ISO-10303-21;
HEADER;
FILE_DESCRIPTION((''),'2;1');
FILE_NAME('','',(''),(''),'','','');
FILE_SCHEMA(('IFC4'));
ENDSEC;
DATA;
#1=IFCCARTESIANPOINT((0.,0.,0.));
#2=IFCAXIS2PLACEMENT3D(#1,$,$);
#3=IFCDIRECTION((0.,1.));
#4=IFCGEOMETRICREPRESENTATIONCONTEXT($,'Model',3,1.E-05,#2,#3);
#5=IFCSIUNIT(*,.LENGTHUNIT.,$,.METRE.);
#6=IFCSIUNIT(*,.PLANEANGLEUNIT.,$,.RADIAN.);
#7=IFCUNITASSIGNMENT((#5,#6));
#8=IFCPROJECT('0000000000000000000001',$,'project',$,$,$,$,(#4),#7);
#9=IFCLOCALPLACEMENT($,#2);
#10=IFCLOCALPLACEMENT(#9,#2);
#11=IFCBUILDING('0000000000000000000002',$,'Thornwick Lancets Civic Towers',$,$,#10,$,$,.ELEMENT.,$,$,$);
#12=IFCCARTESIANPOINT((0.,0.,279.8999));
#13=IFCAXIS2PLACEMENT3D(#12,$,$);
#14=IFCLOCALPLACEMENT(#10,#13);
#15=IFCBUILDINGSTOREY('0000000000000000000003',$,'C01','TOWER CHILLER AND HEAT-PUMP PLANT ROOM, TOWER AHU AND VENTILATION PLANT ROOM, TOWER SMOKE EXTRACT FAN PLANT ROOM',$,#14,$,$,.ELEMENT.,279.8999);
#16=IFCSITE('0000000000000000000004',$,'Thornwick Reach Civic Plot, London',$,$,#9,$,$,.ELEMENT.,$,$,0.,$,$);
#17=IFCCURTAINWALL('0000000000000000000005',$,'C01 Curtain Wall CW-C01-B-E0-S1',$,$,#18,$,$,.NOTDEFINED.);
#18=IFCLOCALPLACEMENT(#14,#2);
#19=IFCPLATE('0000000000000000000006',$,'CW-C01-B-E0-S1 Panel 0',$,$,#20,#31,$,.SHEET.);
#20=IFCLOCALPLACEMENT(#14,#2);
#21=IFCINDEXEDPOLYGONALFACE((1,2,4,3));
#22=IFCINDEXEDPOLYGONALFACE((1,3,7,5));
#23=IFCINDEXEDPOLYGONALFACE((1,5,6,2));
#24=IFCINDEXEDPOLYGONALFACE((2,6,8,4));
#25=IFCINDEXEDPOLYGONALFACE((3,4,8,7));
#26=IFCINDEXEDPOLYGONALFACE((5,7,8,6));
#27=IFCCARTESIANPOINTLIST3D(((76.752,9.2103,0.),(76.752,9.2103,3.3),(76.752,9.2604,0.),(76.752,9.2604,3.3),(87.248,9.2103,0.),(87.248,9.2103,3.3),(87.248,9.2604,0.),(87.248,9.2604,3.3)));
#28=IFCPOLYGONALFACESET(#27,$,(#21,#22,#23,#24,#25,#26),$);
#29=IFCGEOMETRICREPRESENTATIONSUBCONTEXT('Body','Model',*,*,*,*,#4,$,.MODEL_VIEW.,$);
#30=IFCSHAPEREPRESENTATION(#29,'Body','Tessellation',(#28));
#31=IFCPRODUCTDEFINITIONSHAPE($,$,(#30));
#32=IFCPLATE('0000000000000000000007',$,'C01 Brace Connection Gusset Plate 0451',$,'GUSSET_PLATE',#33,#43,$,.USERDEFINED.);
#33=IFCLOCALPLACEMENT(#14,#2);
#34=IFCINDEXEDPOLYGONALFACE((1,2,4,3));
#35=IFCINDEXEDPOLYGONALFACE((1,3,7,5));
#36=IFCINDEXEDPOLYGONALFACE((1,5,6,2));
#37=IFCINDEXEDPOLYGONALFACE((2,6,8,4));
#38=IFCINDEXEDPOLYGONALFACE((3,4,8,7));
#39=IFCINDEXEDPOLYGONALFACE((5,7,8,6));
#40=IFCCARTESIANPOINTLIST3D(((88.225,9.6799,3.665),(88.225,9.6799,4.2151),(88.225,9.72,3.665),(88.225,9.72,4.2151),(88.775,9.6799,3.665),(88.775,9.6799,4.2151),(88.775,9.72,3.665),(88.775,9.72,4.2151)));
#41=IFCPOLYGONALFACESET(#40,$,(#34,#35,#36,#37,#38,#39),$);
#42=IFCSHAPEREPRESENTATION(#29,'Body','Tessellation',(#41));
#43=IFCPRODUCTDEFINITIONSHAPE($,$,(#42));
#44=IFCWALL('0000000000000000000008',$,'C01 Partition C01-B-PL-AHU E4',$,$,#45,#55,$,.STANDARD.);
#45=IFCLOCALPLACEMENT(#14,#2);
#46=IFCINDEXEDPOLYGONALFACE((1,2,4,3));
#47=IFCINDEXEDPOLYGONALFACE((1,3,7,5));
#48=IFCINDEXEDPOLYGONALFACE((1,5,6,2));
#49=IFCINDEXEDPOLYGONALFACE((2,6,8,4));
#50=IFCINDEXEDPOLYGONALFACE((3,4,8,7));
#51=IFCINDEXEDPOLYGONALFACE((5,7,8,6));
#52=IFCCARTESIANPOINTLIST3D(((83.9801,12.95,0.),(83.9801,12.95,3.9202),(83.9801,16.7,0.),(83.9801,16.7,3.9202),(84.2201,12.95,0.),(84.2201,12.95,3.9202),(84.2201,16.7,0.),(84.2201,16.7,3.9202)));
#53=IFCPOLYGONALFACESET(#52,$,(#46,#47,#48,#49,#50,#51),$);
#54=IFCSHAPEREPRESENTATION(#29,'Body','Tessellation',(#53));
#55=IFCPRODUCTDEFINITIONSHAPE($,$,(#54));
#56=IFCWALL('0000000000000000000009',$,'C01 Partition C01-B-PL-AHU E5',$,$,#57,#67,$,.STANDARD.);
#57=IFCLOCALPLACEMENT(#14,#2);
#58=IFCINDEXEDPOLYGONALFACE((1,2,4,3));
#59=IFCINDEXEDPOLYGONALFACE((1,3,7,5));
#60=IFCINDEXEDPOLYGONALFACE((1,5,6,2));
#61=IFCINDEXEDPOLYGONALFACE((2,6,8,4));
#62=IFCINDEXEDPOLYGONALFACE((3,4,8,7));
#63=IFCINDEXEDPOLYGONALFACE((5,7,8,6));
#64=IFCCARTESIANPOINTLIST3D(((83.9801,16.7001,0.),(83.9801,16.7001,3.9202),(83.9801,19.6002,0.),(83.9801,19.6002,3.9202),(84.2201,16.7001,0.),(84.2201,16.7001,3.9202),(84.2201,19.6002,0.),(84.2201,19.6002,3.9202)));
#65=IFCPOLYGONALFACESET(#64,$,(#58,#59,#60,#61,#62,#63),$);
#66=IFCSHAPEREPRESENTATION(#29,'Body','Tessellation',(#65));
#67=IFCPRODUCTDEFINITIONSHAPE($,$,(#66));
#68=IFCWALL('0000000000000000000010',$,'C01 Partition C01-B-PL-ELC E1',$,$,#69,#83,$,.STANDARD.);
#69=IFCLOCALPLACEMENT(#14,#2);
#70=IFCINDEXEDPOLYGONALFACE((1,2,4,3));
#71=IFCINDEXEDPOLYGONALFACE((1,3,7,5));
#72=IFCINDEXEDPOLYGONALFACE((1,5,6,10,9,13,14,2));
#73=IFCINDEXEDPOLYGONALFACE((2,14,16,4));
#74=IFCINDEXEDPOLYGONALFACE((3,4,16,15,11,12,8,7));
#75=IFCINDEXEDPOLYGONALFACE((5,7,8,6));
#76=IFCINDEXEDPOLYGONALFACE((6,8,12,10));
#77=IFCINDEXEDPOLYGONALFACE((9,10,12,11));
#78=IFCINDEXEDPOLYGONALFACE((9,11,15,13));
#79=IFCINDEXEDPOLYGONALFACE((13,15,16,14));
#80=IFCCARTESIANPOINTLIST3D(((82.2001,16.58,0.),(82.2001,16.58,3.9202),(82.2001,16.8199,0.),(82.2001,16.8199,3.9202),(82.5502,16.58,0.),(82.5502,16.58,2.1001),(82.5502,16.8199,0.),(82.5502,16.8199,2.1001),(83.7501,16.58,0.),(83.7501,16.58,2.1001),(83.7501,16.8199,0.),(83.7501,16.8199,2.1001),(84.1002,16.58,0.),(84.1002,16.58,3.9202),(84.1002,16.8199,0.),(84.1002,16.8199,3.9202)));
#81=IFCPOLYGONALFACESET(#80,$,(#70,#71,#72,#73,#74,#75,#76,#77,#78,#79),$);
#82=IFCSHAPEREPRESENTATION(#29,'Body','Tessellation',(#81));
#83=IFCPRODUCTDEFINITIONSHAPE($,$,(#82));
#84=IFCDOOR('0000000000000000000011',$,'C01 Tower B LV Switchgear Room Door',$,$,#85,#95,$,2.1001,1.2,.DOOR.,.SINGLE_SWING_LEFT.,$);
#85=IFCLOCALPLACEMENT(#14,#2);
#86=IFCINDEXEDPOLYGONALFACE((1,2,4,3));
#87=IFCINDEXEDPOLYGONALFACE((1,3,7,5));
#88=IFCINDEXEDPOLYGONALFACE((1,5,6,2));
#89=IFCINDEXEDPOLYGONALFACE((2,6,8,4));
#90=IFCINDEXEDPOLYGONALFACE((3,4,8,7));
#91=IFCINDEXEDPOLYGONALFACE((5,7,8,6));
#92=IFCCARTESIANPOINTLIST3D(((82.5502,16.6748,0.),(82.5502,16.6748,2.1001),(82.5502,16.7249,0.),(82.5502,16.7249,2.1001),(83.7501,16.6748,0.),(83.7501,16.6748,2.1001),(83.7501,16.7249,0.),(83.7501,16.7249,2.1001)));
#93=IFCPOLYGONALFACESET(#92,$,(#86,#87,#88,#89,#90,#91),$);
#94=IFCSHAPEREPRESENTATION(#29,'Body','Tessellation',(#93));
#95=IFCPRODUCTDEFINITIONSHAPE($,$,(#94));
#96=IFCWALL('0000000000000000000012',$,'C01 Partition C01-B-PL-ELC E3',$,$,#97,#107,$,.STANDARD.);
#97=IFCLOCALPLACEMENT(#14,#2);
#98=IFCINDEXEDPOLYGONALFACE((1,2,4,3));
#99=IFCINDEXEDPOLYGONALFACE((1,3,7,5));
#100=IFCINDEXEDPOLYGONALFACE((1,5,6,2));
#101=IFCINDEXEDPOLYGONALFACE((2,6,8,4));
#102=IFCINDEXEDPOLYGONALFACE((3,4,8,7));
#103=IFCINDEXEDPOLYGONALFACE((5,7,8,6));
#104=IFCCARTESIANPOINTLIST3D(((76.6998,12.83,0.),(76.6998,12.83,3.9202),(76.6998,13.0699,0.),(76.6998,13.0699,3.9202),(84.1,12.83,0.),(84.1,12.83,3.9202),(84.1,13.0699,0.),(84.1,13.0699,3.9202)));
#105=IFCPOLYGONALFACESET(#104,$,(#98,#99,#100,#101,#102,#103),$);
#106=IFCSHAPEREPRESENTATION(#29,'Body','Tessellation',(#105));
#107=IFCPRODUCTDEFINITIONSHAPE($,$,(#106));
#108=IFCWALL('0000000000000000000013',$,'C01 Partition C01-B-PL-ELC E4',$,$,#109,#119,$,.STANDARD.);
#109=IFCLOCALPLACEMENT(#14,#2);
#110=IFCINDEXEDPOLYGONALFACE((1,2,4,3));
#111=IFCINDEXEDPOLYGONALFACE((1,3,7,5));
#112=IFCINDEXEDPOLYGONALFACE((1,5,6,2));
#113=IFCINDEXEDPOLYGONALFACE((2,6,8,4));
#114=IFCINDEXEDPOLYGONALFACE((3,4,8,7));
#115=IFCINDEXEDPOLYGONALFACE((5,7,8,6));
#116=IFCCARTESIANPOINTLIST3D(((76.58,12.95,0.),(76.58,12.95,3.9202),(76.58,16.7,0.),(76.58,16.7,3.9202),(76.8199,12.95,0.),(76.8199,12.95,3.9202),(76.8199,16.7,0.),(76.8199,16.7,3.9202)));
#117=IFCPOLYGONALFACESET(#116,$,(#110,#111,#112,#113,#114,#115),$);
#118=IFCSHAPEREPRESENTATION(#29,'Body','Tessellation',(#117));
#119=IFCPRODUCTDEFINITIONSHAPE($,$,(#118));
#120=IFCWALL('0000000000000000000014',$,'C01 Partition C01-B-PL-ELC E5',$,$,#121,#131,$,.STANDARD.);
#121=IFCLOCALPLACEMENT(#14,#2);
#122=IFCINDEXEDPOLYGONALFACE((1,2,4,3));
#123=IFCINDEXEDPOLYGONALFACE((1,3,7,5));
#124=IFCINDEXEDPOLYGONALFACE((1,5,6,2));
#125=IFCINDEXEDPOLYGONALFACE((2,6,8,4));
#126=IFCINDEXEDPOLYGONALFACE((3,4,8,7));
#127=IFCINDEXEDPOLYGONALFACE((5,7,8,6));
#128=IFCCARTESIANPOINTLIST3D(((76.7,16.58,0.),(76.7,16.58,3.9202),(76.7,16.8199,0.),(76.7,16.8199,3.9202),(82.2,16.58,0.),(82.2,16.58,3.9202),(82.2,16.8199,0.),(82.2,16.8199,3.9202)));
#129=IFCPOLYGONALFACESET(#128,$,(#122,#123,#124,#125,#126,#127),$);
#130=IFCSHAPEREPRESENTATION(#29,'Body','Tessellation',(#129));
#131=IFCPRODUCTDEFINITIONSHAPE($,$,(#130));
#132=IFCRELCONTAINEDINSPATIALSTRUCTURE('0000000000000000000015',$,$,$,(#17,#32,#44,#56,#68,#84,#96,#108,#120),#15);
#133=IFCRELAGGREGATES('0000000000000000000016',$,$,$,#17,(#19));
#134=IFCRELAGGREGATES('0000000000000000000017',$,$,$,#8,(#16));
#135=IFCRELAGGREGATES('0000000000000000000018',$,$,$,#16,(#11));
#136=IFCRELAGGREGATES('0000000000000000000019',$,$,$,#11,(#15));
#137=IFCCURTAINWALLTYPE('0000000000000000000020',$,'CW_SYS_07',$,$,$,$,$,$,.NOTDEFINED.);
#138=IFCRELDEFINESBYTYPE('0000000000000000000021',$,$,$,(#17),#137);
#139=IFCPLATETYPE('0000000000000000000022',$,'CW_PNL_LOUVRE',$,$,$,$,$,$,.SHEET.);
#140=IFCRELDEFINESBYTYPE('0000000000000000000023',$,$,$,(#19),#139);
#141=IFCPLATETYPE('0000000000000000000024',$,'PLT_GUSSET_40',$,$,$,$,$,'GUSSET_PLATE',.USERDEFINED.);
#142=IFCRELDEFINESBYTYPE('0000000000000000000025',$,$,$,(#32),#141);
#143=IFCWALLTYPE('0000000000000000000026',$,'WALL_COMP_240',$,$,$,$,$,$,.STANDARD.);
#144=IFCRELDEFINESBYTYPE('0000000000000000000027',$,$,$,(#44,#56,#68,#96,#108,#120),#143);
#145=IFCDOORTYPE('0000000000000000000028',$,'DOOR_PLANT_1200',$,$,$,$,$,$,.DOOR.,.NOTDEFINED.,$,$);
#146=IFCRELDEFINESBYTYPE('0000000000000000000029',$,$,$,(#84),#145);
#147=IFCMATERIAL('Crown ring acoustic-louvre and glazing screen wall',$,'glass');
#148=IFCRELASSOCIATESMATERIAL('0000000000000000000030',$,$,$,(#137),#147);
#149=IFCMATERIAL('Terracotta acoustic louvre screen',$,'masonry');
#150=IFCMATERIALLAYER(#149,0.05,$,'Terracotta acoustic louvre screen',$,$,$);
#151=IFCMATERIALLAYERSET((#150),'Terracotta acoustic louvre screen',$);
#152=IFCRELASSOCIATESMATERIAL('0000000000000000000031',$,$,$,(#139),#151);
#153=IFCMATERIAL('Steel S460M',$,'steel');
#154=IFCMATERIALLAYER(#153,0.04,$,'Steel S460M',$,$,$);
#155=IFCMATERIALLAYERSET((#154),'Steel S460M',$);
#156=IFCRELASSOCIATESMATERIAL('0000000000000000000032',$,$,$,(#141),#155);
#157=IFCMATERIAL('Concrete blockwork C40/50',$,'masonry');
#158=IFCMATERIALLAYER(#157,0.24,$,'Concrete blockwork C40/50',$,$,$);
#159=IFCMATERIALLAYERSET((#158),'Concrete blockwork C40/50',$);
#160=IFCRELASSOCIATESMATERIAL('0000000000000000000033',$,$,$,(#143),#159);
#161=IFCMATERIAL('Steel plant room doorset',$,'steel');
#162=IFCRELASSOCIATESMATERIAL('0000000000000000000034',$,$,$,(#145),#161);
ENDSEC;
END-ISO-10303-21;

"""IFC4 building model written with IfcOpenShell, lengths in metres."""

from ifc_helpers import new_model, si_unit, direction, frame, frame_2d, origin, origin_2d, place, context, subcontext, project, spatial, rectangle, extrude, material, layer, layer_set, type_object, element, fill, aggregate, save


model = new_model("IFC4")

# Units and contexts
model_context = context("Model", 3, precision=1e-05, world=origin(), true_north=direction((0.0, 1.0)))
body_context = subcontext(model_context, "Body", "Model", "MODEL_VIEW")
ifc_project = project(units=[si_unit("LENGTHUNIT", "METRE"), si_unit("PLANEANGLEUNIT", "RADIAN")], contexts=[model_context])

# Site, building, storey
site_placement = place(None, origin())
site = spatial("IfcSite", under=ifc_project, at=site_placement, Name="Thornwick Reach Civic Plot, London", CompositionType="ELEMENT", RefElevation=0.0)
building_placement = place(site_placement, origin())
building = spatial("IfcBuilding", under=site, at=building_placement, Name="Thornwick Lancets Civic Towers", CompositionType="ELEMENT")
storey_placement = place(building_placement, frame((0.0, 0.0, 279.8999)))
storey = spatial("IfcBuildingStorey", under=building, at=storey_placement, Name="C01", Description="TOWER CHILLER AND HEAT-PUMP PLANT ROOM, TOWER AHU AND VENTILATION PLANT ROOM, TOWER SMOKE EXTRACT FAN PLANT ROOM", CompositionType="ELEMENT", Elevation=279.8999)

# Curtain wall, plate
ifc_material_1 = material(Name="Crown ring acoustic-louvre and glazing screen wall", Category="glass")
curtain_wall_type = type_object("IfcCurtainWallType", Name="CW_SYS_07", PredefinedType="NOTDEFINED", material=ifc_material_1)
curtain_wall_placement = place(storey_placement, origin())
curtain_wall = element("IfcCurtainWall", 1, at=curtain_wall_placement, inside=storey, type_object=curtain_wall_type, Name="C01 Curtain Wall CW-C01-B-E0-S1", PredefinedType="NOTDEFINED")
ifc_material_2 = material(Name="Terracotta acoustic louvre screen", Category="masonry")
ifc_layer_1 = layer(ifc_material_2, 0.05, Name="Terracotta acoustic louvre screen")
ifc_layer_set_1 = layer_set([ifc_layer_1], Name="Terracotta acoustic louvre screen")
plate_type_1 = type_object("IfcPlateType", Name="CW_PNL_LOUVRE", PredefinedType="SHEET", material=ifc_layer_set_1)
plate_1_placement = place(storey_placement, frame((82.0, 9.2354, 0.0), z_axis=(0.0, 0.0, 1.0), x_axis=(1.0, 0.0, 0.0)))
plate_1 = element("IfcPlate", 2, at=plate_1_placement, type_object=plate_type_1, Name="CW-C01-B-E0-S1 Panel 0", PredefinedType="SHEET", context=body_context, shape_type="SweptSolid", body=[
    extrude(rectangle(XDim=10.4961, YDim=0.05, at=origin_2d()), origin(), (0.0, 0.0, 1.0), 3.3),
])
aggregate(curtain_wall, [plate_1])

# Plate
ifc_material_3 = material(Name="Steel S460M", Category="steel")
ifc_layer_2 = layer(ifc_material_3, 0.04, Name="Steel S460M")
ifc_layer_set_2 = layer_set([ifc_layer_2], Name="Steel S460M")
plate_type_2 = type_object("IfcPlateType", Name="PLT_GUSSET_40", ElementType="GUSSET_PLATE", PredefinedType="USERDEFINED", material=ifc_layer_set_2)
plate_2_placement = place(storey_placement, frame((88.5, 9.7, 3.665), z_axis=(0.0, 0.0, 1.0), x_axis=(-1.0, 0.0, 0.0)))
element("IfcPlate", 3, at=plate_2_placement, inside=storey, type_object=plate_type_2, Name="C01 Brace Connection Gusset Plate 0451", ObjectType="GUSSET_PLATE", PredefinedType="USERDEFINED", context=body_context, shape_type="SweptSolid", body=[
    extrude(rectangle(XDim=0.55, YDim=0.04, at=origin_2d()), origin(), (0.0, 0.0, 1.0), 0.55),
])

# Walls
ifc_material_4 = material(Name="Concrete blockwork C40/50", Category="masonry")
ifc_layer_3 = layer(ifc_material_4, 0.24, Name="Concrete blockwork C40/50")
ifc_layer_set_3 = layer_set([ifc_layer_3], Name="Concrete blockwork C40/50")
wall_type = type_object("IfcWallType", Name="WALL_COMP_240", PredefinedType="STANDARD", material=ifc_layer_set_3)
wall_1_placement = place(storey_placement, frame((84.1001, 12.95, 0.0), z_axis=(0.0, 0.0, 1.0), x_axis=(0.0, 1.0, 0.0)))
element("IfcWall", 4, at=wall_1_placement, inside=storey, type_object=wall_type, Name="C01 Partition C01-B-PL-AHU E4", PredefinedType="STANDARD", context=body_context, shape_type="SweptSolid", body=[
    extrude(rectangle(XDim=3.75, YDim=0.24, at=frame_2d((1.875, 0.0))), origin(), (0.0, 0.0, 1.0), 3.9202),
])
wall_2_placement = place(storey_placement, frame((84.1001, 16.7, 0.0), z_axis=(0.0, 0.0, 1.0), x_axis=(0.0, 1.0, 0.0)))
element("IfcWall", 5, at=wall_2_placement, inside=storey, type_object=wall_type, Name="C01 Partition C01-B-PL-AHU E5", PredefinedType="STANDARD", context=body_context, shape_type="SweptSolid", body=[
    extrude(rectangle(XDim=2.9001, YDim=0.24, at=frame_2d((1.4502, 0.0))), origin(), (0.0, 0.0, 1.0), 3.9202),
])

# Wall, opening, door
wall_3_placement = place(storey_placement, frame((82.2, 16.7, 0.0), z_axis=(0.0, 0.0, 1.0), x_axis=(1.0, 0.0, 0.0)))
wall_3 = element("IfcWall", 6, at=wall_3_placement, inside=storey, type_object=wall_type, Name="C01 Partition C01-B-PL-ELC E1", PredefinedType="STANDARD", context=body_context, shape_type="SweptSolid", body=[
    extrude(rectangle(XDim=1.9001, YDim=0.24, at=frame_2d((0.9502, 0.0))), origin(), (0.0, 0.0, 1.0), 3.9202),
])
opening_placement = place(wall_3_placement, frame((0.3501, 0.0, 0.0)))
opening = element("IfcOpeningElement", 7, at=opening_placement, cuts=wall_3, PredefinedType="OPENING", context=body_context, shape_type="SweptSolid", body=[
    extrude(rectangle(XDim=1.2, YDim=2.1001, at=frame_2d((0.6001, 1.05))), frame((0.0, 0.1299, 0.0), z_axis=(0.0, -1.0, 0.0), x_axis=(1.0, 0.0, 0.0)), (0.0, 0.0, 1.0), 0.26),
])
ifc_material_5 = material(Name="Steel plant room doorset", Category="steel")
door_type = type_object("IfcDoorType", Name="DOOR_PLANT_1200", OperationType="NOTDEFINED", PredefinedType="DOOR", material=ifc_material_5)
door_placement = place(opening_placement, origin())
door = element("IfcDoor", 8, at=door_placement, inside=storey, type_object=door_type, Name="C01 Tower B LV Switchgear Room Door", OperationType="SINGLE_SWING_LEFT", OverallHeight=2.1001, OverallWidth=1.2, PredefinedType="DOOR", context=body_context, shape_type="SweptSolid", body=[
    extrude(rectangle(XDim=1.2, YDim=2.1001, at=frame_2d((0.6001, 1.05))), frame((0.0, 0.0249, 0.0), z_axis=(0.0, -1.0, 0.0), x_axis=(1.0, 0.0, 0.0)), (0.0, 0.0, 1.0), 0.05),
])
fill(opening, door)

# Walls
wall_4_placement = place(storey_placement, frame((84.1001, 12.95, 0.0), z_axis=(0.0, 0.0, 1.0), x_axis=(-1.0, 0.0, 0.0)))
element("IfcWall", 9, at=wall_4_placement, inside=storey, type_object=wall_type, Name="C01 Partition C01-B-PL-ELC E3", PredefinedType="STANDARD", context=body_context, shape_type="SweptSolid", body=[
    extrude(rectangle(XDim=7.4001, YDim=0.24, at=frame_2d((3.7002, 0.0))), origin(), (0.0, 0.0, 1.0), 3.9202),
])
wall_5_placement = place(storey_placement, frame((76.7, 12.95, 0.0), z_axis=(0.0, 0.0, 1.0), x_axis=(0.0, 1.0, 0.0)))
element("IfcWall", 10, at=wall_5_placement, inside=storey, type_object=wall_type, Name="C01 Partition C01-B-PL-ELC E4", PredefinedType="STANDARD", context=body_context, shape_type="SweptSolid", body=[
    extrude(rectangle(XDim=3.75, YDim=0.24, at=frame_2d((1.875, 0.0))), origin(), (0.0, 0.0, 1.0), 3.9202),
])
wall_6_placement = place(storey_placement, frame((76.7, 16.7, 0.0), z_axis=(0.0, 0.0, 1.0), x_axis=(1.0, 0.0, 0.0)))
element("IfcWall", 11, at=wall_6_placement, inside=storey, type_object=wall_type, Name="C01 Partition C01-B-PL-ELC E5", PredefinedType="STANDARD", context=body_context, shape_type="SweptSolid", body=[
    extrude(rectangle(XDim=5.5, YDim=0.24, at=frame_2d((2.75, 0.0))), origin(), (0.0, 0.0, 1.0), 3.9202),
])

save(model, "model.ifc")
